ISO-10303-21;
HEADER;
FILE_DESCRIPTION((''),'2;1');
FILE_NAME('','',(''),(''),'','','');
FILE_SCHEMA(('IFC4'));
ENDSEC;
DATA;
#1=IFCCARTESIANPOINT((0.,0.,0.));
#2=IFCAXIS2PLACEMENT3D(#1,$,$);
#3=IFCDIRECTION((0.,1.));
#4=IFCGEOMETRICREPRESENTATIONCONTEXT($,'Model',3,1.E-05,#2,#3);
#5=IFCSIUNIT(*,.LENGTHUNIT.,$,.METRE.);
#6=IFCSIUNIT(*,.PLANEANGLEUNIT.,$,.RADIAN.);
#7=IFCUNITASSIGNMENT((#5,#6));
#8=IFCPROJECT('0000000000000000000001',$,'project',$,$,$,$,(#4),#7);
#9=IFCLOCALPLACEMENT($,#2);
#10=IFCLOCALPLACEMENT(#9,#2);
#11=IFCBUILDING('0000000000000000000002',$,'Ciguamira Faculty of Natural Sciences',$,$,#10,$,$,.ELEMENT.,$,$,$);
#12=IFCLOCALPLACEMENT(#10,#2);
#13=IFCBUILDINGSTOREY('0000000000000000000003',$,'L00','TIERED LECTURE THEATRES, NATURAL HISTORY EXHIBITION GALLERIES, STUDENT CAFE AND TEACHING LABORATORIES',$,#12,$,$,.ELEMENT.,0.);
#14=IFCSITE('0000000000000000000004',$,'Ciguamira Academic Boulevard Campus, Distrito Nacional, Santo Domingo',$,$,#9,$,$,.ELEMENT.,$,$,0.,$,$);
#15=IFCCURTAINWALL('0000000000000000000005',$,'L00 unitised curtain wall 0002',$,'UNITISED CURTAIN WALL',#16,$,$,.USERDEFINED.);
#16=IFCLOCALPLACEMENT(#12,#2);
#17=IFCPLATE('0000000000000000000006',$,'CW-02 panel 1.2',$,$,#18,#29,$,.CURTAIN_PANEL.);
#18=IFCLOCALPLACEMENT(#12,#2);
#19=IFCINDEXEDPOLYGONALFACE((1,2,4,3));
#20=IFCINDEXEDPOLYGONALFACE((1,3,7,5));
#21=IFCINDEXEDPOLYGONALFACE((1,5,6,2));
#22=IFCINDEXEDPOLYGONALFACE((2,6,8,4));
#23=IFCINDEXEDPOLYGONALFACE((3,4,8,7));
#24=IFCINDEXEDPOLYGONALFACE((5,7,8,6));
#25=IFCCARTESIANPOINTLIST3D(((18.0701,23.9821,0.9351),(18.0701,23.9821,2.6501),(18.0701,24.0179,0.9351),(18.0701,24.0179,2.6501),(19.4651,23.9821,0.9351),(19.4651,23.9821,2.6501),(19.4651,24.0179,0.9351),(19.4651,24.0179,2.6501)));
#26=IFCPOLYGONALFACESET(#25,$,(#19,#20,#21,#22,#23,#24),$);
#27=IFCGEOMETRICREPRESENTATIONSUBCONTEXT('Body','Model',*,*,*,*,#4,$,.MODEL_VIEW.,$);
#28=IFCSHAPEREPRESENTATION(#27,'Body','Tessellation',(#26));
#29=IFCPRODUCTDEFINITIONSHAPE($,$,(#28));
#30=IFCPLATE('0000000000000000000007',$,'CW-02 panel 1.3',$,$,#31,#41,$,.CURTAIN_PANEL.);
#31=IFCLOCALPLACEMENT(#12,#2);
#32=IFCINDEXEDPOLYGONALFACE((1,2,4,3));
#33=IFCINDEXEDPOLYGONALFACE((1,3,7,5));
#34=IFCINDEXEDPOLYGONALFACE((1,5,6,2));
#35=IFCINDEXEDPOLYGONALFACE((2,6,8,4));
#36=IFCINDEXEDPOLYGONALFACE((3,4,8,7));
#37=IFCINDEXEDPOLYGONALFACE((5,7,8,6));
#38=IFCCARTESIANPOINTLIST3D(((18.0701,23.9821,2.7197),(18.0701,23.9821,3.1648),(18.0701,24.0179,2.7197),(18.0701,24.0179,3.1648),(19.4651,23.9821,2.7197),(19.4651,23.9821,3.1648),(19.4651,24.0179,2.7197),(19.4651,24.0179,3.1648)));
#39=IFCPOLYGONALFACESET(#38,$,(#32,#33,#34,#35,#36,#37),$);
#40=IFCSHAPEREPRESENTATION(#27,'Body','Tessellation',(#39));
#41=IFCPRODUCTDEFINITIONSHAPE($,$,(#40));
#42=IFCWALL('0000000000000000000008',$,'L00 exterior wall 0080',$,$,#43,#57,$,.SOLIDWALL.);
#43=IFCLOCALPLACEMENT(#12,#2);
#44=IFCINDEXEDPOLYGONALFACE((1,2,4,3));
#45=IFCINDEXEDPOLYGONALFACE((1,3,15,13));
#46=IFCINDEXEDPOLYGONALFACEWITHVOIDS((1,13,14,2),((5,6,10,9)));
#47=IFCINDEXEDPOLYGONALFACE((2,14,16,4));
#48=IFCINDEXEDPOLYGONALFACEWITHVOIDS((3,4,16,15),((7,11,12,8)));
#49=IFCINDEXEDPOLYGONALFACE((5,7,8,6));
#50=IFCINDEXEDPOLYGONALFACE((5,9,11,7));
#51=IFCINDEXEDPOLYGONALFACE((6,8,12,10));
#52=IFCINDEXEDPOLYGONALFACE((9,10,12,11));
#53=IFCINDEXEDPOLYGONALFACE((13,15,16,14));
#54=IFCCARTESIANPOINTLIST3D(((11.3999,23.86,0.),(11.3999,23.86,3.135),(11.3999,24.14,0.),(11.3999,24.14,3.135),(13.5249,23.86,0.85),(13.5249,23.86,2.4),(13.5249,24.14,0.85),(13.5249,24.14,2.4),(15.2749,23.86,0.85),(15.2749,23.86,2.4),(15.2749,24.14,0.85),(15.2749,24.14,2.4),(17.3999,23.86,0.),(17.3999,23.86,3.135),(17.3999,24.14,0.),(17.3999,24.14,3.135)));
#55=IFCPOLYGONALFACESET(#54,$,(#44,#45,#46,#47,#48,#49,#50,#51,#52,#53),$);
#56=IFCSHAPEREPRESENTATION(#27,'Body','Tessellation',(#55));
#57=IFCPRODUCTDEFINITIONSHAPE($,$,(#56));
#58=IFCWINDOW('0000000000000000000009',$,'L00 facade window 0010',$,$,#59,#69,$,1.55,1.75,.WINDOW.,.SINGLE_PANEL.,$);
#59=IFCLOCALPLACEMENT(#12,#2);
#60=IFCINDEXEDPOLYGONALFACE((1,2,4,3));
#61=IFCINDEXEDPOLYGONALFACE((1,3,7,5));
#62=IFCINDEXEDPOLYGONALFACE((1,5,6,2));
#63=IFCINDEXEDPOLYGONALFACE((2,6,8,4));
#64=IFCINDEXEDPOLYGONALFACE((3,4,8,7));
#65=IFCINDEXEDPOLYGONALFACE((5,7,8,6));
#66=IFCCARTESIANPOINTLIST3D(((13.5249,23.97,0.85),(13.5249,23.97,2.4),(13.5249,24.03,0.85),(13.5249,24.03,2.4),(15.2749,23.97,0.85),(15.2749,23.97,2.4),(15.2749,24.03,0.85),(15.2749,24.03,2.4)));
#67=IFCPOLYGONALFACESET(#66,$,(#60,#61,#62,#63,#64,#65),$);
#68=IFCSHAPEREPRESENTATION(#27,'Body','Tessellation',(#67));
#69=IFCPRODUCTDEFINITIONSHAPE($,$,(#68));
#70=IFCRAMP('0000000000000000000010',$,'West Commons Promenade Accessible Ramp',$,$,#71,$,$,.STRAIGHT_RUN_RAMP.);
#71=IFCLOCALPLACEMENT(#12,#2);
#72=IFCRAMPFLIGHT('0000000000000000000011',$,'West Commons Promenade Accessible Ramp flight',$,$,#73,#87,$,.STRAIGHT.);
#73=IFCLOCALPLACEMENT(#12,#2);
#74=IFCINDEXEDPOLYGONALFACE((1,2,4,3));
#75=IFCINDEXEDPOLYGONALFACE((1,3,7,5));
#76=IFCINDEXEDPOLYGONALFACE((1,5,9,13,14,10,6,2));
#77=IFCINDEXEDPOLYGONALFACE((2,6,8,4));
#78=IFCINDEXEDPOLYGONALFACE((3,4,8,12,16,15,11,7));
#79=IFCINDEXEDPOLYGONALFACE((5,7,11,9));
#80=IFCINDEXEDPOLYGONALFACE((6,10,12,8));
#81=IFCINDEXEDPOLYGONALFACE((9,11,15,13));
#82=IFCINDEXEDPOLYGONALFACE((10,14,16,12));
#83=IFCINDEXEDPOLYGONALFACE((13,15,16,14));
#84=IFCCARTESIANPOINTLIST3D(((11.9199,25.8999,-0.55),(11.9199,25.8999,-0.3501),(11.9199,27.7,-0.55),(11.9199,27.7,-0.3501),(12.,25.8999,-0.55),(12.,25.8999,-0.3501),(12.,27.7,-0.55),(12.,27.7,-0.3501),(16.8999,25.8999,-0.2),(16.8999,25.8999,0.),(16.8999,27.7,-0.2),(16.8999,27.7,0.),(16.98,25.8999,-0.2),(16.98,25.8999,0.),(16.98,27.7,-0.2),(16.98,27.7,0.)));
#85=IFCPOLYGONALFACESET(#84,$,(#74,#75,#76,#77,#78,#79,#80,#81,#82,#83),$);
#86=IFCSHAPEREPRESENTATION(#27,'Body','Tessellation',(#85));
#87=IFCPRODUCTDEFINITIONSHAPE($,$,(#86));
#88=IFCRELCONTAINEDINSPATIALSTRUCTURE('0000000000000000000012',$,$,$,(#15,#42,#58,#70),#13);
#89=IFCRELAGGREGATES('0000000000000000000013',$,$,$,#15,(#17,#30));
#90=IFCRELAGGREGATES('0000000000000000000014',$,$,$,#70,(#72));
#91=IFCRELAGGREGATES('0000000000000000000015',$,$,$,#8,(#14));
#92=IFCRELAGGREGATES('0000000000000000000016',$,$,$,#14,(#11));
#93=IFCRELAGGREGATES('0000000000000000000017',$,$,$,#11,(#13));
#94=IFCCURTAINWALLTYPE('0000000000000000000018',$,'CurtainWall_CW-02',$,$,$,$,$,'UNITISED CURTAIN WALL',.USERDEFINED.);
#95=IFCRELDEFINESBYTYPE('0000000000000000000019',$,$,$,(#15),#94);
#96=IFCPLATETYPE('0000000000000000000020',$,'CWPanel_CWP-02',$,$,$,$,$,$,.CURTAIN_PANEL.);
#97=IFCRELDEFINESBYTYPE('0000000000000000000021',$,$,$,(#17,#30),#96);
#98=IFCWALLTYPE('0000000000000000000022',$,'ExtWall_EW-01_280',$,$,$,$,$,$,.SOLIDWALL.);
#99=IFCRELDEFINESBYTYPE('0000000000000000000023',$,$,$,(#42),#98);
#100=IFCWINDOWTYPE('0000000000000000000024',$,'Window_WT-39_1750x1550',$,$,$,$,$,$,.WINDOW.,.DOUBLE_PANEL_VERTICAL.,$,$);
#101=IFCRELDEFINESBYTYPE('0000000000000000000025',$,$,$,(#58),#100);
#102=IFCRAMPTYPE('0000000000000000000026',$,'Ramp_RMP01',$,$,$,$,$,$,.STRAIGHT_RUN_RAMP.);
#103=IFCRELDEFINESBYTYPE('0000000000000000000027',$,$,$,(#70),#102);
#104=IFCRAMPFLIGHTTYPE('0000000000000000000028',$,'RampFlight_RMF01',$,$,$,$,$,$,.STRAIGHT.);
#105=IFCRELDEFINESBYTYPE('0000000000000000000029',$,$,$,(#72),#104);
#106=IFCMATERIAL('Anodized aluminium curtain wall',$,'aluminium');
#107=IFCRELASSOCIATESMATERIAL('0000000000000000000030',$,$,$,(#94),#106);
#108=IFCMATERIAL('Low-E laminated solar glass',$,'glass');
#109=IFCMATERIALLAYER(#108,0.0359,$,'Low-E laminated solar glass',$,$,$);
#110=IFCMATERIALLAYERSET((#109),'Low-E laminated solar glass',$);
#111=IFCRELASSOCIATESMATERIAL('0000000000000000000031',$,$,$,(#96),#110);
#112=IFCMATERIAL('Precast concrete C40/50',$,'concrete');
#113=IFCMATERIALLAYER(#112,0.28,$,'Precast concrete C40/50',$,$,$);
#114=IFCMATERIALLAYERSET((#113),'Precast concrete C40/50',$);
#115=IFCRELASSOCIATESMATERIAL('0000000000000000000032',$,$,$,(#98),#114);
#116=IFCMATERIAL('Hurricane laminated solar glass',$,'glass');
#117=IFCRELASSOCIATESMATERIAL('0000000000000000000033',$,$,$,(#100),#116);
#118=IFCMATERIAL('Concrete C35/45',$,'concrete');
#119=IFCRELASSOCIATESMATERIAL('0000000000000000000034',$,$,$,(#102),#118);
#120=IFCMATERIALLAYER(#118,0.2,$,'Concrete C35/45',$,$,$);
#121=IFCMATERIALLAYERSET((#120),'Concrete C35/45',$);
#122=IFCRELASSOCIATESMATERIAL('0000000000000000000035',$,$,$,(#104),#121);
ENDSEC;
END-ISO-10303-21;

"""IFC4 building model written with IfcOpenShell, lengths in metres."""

from ifc_helpers import new_model, si_unit, direction, frame, frame_2d, origin, origin_2d, place, context, subcontext, project, spatial, polyline, rectangle, outline, extrude, material, layer, layer_set, type_object, element, fill, aggregate, save


model = new_model("IFC4")

# Units and contexts
model_context = context("Model", 3, precision=1e-05, world=origin(), true_north=direction((0.0, 1.0)))
body_context = subcontext(model_context, "Body", "Model", "MODEL_VIEW")
ifc_project = project(units=[si_unit("LENGTHUNIT", "METRE"), si_unit("PLANEANGLEUNIT", "RADIAN")], contexts=[model_context])

# Site, building, storey
site_placement = place(None, origin())
site = spatial("IfcSite", under=ifc_project, at=site_placement, Name="Ciguamira Academic Boulevard Campus, Distrito Nacional, Santo Domingo", CompositionType="ELEMENT", RefElevation=0.0)
building_placement = place(site_placement, origin())
building = spatial("IfcBuilding", under=site, at=building_placement, Name="Ciguamira Faculty of Natural Sciences", CompositionType="ELEMENT")
storey_placement = place(building_placement, origin())
storey = spatial("IfcBuildingStorey", under=building, at=storey_placement, Name="L00", Description="TIERED LECTURE THEATRES, NATURAL HISTORY EXHIBITION GALLERIES, STUDENT CAFE AND TEACHING LABORATORIES", CompositionType="ELEMENT", Elevation=0.0)

# Shared definitions
ifc_material_1 = material(Name="Anodized aluminium curtain wall", Category="aluminium")

# Curtain wall
curtain_wall_type_1 = type_object("IfcCurtainWallType", Name="CurtainWall_CW-02", ElementType="UNITISED CURTAIN WALL", PredefinedType="USERDEFINED", material=ifc_material_1)
curtain_wall_1_placement = place(storey_placement, origin())
curtain_wall_1 = element("IfcCurtainWall", 1, at=curtain_wall_1_placement, inside=storey, type_object=curtain_wall_type_1, Name="L00 unitised curtain wall 0002", ObjectType="UNITISED CURTAIN WALL", PredefinedType="USERDEFINED")

# Plates
ifc_material_2 = material(Name="Low-E laminated solar glass", Category="glass")
ifc_layer_1 = layer(ifc_material_2, 0.0359, Name="Low-E laminated solar glass")
ifc_layer_set_1 = layer_set([ifc_layer_1], Name="Low-E laminated solar glass")
plate_type_1 = type_object("IfcPlateType", Name="CWPanel_CWP-02", PredefinedType="CURTAIN_PANEL", material=ifc_layer_set_1)
plate_1_placement = place(storey_placement, frame((18.7676, 24.0, 0.9351), z_axis=(0.0, 0.0, 1.0), x_axis=(1.0, 0.0, 0.0)))
plate_1 = element("IfcPlate", 2, at=plate_1_placement, type_object=plate_type_1, Name="CW-02 panel 1.2", PredefinedType="CURTAIN_PANEL", context=body_context, shape_type="SweptSolid", body=[
    extrude(rectangle(XDim=1.395, YDim=0.0359, at=origin_2d()), origin(), (0.0, 0.0, 1.0), 1.7151),
])
plate_2_placement = place(storey_placement, frame((18.7676, 24.0, 2.7197), z_axis=(0.0, 0.0, 1.0), x_axis=(1.0, 0.0, 0.0)))
plate_2 = element("IfcPlate", 3, at=plate_2_placement, type_object=plate_type_1, Name="CW-02 panel 1.3", PredefinedType="CURTAIN_PANEL", context=body_context, shape_type="SweptSolid", body=[
    extrude(rectangle(XDim=1.395, YDim=0.0359, at=origin_2d()), origin(), (0.0, 0.0, 1.0), 0.4451),
])
aggregate(curtain_wall_1, [plate_1, plate_2])

# Wall, opening, window
ifc_material_3 = material(Name="Precast concrete C40/50", Category="concrete")
ifc_layer_2 = layer(ifc_material_3, 0.28, Name="Precast concrete C40/50")
ifc_layer_set_2 = layer_set([ifc_layer_2], Name="Precast concrete C40/50")
wall_type = type_object("IfcWallType", Name="ExtWall_EW-01_280", PredefinedType="SOLIDWALL", material=ifc_layer_set_2)
wall_placement = place(storey_placement, frame((11.3999, 24.0, 0.0), z_axis=(0.0, 0.0, 1.0), x_axis=(1.0, 0.0, 0.0)))
wall = element("IfcWall", 4, at=wall_placement, inside=storey, type_object=wall_type, Name="L00 exterior wall 0080", PredefinedType="SOLIDWALL", context=body_context, shape_type="SweptSolid", body=[
    extrude(rectangle(XDim=6.0, YDim=0.28, at=frame_2d((3.0, 0.0))), origin(), (0.0, 0.0, 1.0), 3.135),
])
opening_placement = place(wall_placement, frame((2.125, 0.0, 0.8501)))
opening = element("IfcOpeningElement", 5, at=opening_placement, cuts=wall, PredefinedType="OPENING", context=body_context, shape_type="SweptSolid", body=[
    extrude(rectangle(XDim=1.75, YDim=1.55, at=frame_2d((0.875, 0.7749))), frame((0.0, 0.1499, 0.0), z_axis=(0.0, -1.0, 0.0), x_axis=(1.0, 0.0, 0.0)), (0.0, 0.0, 1.0), 0.3),
])
ifc_material_4 = material(Name="Hurricane laminated solar glass", Category="glass")
window_type = type_object("IfcWindowType", Name="Window_WT-39_1750x1550", PartitioningType="DOUBLE_PANEL_VERTICAL", PredefinedType="WINDOW", material=ifc_material_4)
window_placement = place(opening_placement, origin())
window = element("IfcWindow", 6, at=window_placement, inside=storey, type_object=window_type, Name="L00 facade window 0010", OverallHeight=1.55, OverallWidth=1.75, PartitioningType="SINGLE_PANEL", PredefinedType="WINDOW", context=body_context, shape_type="SweptSolid", body=[
    extrude(rectangle(XDim=1.75, YDim=1.55, at=frame_2d((0.875, 0.7749))), frame((0.0, 0.03, 0.0), z_axis=(0.0, -1.0, 0.0), x_axis=(1.0, 0.0, 0.0)), (0.0, 0.0, 1.0), 0.0601),
])
fill(opening, window)

# Ramp, ramp flight
ifc_material_5 = material(Name="Concrete C35/45", Category="concrete")
ramp_type = type_object("IfcRampType", Name="Ramp_RMP01", PredefinedType="STRAIGHT_RUN_RAMP", material=ifc_material_5)
ramp_placement = place(storey_placement, origin())
ramp = element("IfcRamp", 7, at=ramp_placement, inside=storey, type_object=ramp_type, Name="West Commons Promenade Accessible Ramp", PredefinedType="STRAIGHT_RUN_RAMP")
ifc_layer_3 = layer(ifc_material_5, 0.2, Name="Concrete C35/45")
ifc_layer_set_3 = layer_set([ifc_layer_3], Name="Concrete C35/45")
ramp_flight_type = type_object("IfcRampFlightType", Name="RampFlight_RMF01", PredefinedType="STRAIGHT", material=ifc_layer_set_3)
ramp_flight_placement = place(storey_placement, frame((12.0, 26.8, -0.3501), z_axis=(0.0, 0.0, 1.0), x_axis=(1.0, 0.0, 0.0)))
ramp_flight = element("IfcRampFlight", 8, at=ramp_flight_placement, type_object=ramp_flight_type, Name="West Commons Promenade Accessible Ramp flight", PredefinedType="STRAIGHT", context=body_context, shape_type="SweptSolid", body=[
    extrude(outline(polyline([(-0.0801, -0.2), (-0.0801, 0.0), (0.0, 0.0), (4.8999, 0.3501), (4.98, 0.3501), (4.98, 0.1501), (4.8999, 0.1501), (0.0, -0.2), (-0.0801, -0.2)])), frame((0.0, 0.8999, 0.0), z_axis=(0.0, -1.0, 0.0), x_axis=(1.0, 0.0, 0.0)), (0.0, 0.0, 1.0), 1.8),
])
aggregate(ramp, [ramp_flight])

save(model, "model.ifc")
